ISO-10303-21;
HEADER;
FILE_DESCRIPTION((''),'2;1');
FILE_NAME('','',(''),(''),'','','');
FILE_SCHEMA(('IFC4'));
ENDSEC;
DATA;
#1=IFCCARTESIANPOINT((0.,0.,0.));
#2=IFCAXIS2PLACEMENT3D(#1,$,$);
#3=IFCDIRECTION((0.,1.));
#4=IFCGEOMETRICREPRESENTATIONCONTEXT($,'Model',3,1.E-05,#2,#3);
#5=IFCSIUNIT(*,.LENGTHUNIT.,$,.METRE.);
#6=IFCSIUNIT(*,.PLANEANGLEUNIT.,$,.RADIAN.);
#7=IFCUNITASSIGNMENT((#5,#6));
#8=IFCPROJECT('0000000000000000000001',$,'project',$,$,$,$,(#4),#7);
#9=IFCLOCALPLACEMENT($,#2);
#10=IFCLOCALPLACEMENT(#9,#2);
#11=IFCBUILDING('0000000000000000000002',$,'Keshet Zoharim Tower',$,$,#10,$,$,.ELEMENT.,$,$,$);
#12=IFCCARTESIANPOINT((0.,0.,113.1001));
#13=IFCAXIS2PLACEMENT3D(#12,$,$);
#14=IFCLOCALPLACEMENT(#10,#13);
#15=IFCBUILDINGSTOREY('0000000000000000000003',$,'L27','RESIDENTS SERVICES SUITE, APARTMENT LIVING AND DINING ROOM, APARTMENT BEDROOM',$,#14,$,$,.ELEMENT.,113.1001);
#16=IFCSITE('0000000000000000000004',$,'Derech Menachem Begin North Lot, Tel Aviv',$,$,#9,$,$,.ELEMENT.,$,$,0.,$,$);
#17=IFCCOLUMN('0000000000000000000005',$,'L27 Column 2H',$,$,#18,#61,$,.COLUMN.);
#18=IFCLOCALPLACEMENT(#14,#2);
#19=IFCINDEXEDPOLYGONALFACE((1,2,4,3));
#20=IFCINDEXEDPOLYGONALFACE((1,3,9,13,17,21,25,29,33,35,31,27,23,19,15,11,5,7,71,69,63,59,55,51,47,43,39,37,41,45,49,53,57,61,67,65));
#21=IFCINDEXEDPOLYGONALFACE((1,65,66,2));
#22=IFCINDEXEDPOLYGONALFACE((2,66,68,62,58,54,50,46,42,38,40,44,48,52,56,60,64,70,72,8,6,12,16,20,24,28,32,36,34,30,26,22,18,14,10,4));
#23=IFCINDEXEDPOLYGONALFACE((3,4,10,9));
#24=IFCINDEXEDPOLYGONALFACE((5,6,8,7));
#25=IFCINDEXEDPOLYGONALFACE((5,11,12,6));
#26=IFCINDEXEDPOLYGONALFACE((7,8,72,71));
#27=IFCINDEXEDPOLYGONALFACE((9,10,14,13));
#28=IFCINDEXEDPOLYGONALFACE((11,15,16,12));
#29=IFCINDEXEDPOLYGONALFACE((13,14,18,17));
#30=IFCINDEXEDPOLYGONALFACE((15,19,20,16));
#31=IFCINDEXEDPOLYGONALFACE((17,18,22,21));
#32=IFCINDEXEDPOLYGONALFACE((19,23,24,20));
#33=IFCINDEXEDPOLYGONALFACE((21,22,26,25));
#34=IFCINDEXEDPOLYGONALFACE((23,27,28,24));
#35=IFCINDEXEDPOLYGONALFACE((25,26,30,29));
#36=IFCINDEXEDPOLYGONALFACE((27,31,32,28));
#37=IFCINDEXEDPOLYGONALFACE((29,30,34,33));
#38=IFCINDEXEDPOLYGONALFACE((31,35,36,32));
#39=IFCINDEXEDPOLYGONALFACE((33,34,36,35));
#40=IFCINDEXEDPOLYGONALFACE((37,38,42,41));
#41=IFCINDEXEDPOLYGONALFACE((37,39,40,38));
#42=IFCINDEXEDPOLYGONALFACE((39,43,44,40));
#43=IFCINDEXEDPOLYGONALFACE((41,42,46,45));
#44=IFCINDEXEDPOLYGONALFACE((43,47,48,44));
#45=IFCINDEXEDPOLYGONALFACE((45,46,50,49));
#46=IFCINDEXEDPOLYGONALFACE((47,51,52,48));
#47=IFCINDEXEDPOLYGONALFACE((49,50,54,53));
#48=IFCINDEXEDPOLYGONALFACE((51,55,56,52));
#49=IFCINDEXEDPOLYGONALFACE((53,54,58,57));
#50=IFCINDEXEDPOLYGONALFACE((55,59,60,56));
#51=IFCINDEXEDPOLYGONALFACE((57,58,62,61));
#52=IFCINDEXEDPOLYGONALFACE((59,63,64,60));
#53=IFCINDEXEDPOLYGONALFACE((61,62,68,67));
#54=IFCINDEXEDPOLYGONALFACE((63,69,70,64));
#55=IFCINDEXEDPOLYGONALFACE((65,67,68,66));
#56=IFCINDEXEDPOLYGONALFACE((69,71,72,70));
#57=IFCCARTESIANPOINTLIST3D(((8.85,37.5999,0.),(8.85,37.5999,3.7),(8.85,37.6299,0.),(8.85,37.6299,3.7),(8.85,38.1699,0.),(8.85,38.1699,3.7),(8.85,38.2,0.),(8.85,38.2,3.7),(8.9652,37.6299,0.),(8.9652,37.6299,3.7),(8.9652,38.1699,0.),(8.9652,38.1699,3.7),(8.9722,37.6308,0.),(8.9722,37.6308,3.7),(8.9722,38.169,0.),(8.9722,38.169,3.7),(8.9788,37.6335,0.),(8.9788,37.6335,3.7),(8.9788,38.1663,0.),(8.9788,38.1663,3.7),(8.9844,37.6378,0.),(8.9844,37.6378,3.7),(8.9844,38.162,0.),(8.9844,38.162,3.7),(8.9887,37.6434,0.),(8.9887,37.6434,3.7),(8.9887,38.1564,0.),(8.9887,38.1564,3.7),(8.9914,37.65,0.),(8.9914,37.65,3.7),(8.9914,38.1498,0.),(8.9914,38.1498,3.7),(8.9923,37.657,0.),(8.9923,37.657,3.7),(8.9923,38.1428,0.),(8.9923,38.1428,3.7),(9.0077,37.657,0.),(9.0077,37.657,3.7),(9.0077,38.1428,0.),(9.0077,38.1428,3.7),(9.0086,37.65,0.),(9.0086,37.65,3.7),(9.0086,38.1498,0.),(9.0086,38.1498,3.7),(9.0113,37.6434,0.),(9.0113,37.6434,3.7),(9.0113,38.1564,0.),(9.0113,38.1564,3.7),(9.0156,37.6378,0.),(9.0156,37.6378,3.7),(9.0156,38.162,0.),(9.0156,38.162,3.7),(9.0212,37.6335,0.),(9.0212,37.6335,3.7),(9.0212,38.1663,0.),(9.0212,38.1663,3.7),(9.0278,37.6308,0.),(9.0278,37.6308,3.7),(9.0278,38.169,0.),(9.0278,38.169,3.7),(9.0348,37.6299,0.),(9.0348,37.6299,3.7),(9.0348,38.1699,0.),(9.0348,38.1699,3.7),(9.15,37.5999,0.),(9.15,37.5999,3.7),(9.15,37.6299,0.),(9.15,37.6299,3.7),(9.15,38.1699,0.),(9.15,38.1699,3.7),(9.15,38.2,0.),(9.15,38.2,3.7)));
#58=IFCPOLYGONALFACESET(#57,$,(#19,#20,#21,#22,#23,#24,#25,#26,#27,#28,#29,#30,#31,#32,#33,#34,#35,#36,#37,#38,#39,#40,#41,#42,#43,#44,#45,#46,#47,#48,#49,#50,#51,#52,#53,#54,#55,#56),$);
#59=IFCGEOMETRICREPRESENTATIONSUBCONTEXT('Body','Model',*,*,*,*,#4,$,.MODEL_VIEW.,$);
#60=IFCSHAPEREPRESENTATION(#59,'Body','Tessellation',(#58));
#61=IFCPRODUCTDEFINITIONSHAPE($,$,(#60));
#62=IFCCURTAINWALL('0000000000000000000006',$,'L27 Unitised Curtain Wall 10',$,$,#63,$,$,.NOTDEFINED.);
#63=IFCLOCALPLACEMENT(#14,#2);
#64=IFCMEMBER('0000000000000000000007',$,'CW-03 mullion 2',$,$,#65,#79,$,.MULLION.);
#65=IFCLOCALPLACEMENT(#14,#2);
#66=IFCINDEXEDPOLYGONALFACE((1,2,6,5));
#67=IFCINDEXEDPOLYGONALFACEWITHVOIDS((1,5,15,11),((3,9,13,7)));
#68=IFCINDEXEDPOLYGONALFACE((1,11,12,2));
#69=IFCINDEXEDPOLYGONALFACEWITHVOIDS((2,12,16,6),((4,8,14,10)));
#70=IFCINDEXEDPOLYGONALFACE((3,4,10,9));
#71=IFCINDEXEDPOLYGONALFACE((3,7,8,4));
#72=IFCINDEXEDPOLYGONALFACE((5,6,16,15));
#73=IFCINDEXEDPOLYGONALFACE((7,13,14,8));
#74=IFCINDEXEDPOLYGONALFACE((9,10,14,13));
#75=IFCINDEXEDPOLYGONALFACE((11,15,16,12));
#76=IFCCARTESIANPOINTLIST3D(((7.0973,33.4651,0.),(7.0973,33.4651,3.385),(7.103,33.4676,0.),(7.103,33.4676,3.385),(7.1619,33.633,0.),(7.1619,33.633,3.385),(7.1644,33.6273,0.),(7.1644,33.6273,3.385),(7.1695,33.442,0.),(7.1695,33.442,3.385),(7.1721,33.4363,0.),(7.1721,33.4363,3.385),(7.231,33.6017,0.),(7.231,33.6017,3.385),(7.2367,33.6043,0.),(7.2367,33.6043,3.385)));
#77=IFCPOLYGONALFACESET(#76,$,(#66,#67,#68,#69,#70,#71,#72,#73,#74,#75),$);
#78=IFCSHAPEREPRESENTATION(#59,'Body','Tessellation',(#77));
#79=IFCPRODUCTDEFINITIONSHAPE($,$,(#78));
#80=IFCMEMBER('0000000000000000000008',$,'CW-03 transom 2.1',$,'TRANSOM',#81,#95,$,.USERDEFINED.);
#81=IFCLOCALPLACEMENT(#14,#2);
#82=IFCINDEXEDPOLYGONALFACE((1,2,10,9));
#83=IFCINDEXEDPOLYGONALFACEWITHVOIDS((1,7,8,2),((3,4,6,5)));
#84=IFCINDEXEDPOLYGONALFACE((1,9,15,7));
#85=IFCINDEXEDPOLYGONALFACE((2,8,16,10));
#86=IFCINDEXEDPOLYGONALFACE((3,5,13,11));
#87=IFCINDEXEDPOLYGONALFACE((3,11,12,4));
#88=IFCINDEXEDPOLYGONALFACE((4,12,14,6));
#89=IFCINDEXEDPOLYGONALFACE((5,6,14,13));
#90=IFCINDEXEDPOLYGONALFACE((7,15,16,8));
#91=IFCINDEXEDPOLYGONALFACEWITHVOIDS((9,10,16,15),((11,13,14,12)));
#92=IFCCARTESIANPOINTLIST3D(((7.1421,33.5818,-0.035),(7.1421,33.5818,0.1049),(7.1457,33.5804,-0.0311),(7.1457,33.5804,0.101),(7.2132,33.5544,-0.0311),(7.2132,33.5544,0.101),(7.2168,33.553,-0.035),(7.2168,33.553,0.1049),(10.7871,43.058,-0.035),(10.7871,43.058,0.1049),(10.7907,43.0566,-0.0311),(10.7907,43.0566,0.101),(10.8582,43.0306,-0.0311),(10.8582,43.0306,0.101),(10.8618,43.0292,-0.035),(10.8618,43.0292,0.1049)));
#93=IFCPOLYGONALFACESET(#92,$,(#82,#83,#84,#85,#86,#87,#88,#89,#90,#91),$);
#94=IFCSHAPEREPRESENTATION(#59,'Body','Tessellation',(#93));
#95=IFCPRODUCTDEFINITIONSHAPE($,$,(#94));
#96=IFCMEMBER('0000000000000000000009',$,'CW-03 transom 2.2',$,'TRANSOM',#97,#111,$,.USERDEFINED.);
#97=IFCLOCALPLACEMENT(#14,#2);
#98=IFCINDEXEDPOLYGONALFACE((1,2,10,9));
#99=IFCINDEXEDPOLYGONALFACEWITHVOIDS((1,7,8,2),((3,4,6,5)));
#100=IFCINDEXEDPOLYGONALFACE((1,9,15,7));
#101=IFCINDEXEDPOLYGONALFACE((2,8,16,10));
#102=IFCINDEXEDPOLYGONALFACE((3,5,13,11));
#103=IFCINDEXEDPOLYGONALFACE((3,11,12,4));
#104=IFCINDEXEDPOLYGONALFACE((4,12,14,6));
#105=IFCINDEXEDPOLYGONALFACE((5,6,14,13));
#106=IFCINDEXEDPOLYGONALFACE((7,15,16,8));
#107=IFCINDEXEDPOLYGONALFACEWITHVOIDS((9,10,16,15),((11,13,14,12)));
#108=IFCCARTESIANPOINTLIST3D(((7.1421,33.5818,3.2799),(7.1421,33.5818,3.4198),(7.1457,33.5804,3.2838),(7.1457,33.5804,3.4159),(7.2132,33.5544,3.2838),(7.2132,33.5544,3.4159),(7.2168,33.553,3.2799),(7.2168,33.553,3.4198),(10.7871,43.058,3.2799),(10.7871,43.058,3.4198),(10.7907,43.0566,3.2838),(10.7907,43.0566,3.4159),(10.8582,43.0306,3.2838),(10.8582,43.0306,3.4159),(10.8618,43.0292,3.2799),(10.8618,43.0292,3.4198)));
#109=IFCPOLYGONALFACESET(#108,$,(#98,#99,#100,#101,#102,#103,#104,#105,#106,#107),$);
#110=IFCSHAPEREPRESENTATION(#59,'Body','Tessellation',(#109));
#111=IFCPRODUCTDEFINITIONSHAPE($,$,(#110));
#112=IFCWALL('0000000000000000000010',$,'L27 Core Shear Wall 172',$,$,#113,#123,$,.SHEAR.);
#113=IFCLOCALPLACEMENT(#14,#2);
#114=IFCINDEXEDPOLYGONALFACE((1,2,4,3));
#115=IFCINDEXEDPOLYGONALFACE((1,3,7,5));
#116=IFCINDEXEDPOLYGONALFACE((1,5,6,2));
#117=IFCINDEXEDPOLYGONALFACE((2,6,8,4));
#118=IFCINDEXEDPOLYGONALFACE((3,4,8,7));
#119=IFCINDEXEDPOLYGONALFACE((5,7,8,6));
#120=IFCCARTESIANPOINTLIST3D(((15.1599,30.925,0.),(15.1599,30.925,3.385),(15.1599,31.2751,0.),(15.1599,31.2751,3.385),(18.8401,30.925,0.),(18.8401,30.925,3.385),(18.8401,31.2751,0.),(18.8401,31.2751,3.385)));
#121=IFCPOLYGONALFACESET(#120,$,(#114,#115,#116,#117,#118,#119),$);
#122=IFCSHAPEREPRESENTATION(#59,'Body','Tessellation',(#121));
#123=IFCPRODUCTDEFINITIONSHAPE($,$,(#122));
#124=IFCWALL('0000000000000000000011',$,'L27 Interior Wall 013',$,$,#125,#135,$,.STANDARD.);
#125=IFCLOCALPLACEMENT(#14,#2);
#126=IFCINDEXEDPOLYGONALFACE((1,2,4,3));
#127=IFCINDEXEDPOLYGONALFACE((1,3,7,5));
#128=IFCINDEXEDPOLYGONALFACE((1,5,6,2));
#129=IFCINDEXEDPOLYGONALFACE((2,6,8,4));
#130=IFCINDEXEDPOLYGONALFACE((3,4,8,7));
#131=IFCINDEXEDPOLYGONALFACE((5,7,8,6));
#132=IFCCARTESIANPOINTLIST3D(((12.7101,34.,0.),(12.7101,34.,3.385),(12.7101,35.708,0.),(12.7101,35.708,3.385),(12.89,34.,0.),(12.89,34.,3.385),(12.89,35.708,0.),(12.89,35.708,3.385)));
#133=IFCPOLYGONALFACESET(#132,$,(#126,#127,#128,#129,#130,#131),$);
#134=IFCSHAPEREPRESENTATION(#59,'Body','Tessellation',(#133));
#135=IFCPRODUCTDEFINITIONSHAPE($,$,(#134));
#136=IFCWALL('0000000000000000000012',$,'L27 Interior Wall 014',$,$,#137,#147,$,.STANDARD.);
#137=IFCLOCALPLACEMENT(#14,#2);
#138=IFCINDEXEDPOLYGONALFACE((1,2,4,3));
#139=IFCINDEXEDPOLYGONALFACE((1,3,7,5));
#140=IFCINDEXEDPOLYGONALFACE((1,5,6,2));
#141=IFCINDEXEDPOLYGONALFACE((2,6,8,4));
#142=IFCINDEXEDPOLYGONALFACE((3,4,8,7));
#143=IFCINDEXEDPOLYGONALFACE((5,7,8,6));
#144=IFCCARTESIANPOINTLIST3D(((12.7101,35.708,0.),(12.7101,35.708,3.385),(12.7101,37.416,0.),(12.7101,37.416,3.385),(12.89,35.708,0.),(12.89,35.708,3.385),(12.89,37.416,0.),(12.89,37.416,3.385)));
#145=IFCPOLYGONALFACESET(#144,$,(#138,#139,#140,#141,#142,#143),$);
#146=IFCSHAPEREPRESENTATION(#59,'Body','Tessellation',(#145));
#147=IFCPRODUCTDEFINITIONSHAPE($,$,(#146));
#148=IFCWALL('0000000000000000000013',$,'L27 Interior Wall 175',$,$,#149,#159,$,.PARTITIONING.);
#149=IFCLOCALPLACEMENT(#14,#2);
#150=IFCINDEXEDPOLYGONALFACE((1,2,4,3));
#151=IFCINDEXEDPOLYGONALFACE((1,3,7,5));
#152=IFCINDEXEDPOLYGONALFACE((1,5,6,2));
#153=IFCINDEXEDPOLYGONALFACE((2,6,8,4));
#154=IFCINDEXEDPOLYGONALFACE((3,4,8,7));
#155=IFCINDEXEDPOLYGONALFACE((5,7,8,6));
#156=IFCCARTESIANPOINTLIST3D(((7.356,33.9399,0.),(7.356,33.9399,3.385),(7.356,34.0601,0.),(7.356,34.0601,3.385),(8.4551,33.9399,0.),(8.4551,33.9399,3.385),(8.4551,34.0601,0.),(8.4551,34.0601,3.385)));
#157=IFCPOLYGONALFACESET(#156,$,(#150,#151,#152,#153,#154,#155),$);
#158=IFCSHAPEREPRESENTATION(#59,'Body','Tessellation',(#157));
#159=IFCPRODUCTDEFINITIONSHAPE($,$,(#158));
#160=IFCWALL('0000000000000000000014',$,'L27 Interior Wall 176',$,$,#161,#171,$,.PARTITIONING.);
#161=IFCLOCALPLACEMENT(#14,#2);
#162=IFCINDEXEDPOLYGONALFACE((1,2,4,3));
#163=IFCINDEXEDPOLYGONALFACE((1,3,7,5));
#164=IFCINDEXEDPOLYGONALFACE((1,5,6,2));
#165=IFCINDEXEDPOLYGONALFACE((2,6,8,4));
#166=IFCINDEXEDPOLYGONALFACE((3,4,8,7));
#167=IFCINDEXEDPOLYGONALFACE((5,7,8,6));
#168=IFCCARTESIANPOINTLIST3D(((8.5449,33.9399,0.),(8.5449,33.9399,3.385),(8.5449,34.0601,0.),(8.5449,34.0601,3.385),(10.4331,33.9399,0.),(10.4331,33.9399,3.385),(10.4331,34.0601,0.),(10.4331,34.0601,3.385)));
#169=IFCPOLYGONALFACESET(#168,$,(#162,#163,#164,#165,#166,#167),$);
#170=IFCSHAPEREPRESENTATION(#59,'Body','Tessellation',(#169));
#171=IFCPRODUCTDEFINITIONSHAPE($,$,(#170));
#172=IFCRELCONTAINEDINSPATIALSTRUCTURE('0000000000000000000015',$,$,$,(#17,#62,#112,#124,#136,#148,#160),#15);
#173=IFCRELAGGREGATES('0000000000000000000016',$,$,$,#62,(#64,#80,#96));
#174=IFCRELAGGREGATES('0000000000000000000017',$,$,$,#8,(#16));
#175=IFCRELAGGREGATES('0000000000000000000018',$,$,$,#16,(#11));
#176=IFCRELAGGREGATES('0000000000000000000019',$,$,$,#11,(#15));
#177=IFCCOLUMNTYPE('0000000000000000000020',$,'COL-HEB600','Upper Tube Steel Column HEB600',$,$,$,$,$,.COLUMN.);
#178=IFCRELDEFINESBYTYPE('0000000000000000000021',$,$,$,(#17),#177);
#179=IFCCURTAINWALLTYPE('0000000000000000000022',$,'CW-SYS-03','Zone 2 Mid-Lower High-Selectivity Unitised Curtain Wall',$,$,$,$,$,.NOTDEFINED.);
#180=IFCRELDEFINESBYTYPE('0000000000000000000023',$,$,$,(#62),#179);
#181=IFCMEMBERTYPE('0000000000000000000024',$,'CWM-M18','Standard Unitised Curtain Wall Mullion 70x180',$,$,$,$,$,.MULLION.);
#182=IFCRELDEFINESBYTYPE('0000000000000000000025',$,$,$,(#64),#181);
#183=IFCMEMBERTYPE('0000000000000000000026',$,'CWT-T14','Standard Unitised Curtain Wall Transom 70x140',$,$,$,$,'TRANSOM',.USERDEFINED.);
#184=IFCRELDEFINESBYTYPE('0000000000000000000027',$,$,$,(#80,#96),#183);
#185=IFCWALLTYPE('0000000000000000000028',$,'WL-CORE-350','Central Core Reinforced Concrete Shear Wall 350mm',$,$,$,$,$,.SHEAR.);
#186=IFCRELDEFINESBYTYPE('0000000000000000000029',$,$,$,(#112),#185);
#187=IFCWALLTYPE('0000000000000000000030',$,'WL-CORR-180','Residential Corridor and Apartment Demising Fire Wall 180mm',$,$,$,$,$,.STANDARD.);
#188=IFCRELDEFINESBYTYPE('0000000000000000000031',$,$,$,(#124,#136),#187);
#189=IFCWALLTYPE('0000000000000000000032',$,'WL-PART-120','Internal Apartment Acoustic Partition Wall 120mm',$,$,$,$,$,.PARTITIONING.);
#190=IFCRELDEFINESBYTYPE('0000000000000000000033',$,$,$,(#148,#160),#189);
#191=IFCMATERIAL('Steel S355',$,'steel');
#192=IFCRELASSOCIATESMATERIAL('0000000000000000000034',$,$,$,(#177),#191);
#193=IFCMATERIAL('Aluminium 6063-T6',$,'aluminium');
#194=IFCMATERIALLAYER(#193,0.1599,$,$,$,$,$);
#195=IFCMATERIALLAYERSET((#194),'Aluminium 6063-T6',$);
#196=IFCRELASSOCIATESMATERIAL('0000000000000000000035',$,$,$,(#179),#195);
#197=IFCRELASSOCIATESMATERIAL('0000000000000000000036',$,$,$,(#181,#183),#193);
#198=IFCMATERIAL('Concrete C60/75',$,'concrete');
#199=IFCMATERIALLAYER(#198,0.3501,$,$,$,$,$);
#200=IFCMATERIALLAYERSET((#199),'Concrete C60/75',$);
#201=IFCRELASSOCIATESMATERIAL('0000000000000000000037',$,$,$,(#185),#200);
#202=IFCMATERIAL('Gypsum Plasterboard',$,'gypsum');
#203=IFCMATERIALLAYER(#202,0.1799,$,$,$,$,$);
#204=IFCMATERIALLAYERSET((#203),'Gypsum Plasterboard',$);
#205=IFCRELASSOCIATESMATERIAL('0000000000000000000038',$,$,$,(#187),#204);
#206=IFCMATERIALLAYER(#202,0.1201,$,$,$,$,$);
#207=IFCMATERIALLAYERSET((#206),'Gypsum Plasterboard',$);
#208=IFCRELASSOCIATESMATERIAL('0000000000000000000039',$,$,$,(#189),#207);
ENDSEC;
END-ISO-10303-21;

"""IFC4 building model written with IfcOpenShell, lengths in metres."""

from ifc_helpers import new_model, si_unit, direction, frame, frame_2d, origin, origin_2d, place, context, subcontext, project, spatial, rectangle, hollow_rectangle, i_section, extrude, material, layer, layer_set, material_profile, profile_set, type_object, element, aggregate, save


model = new_model("IFC4")

# Units and contexts
model_context = context("Model", 3, precision=1e-05, world=origin(), true_north=direction((0.0, 1.0)))
body_context = subcontext(model_context, "Body", "Model", "MODEL_VIEW")
ifc_project = project(units=[si_unit("LENGTHUNIT", "METRE"), si_unit("PLANEANGLEUNIT", "RADIAN")], contexts=[model_context])

# Site, building, storey
site_placement = place(None, origin())
site = spatial("IfcSite", under=ifc_project, at=site_placement, Name="Derech Menachem Begin North Lot, Tel Aviv", CompositionType="ELEMENT", RefElevation=0.0)
building_placement = place(site_placement, origin())
building = spatial("IfcBuilding", under=site, at=building_placement, Name="Keshet Zoharim Tower", CompositionType="ELEMENT")
storey_placement = place(building_placement, frame((0.0, 0.0, 113.1001)))
storey = spatial("IfcBuildingStorey", under=building, at=storey_placement, Name="L27", Description="RESIDENTS SERVICES SUITE, APARTMENT LIVING AND DINING ROOM, APARTMENT BEDROOM", CompositionType="ELEMENT", Elevation=113.1001)

# Column
ifc_material_1 = material(Name="Steel S355", Category="steel")
ifc_material_profile_1 = material_profile(ifc_material_1, i_section(OverallWidth=0.3, OverallDepth=0.6001, WebThickness=0.0154, FlangeThickness=0.03, FilletRadius=0.0271, at=origin_2d()), Name="HEB600")
ifc_profile_set_1 = profile_set([ifc_material_profile_1], Name="Steel S355")
column_type = type_object("IfcColumnType", Name="COL-HEB600", Description="Upper Tube Steel Column HEB600", PredefinedType="COLUMN", material=ifc_profile_set_1)
column_placement = place(storey_placement, frame((9.0, 37.8999, 0.0), z_axis=(0.0, 0.0, 1.0), x_axis=(1.0, 0.0, 0.0)))
element("IfcColumn", 1, at=column_placement, inside=storey, type_object=column_type, Name="L27 Column 2H", PredefinedType="COLUMN", context=body_context, shape_type="SweptSolid", body=[
    extrude(i_section(OverallWidth=0.3, OverallDepth=0.6001, WebThickness=0.0154, FlangeThickness=0.03, FilletRadius=0.0271, at=origin_2d()), origin(), (0.0, 0.0, 1.0), 3.7),
])

# Curtain wall, members
ifc_material_2 = material(Name="Aluminium 6063-T6", Category="aluminium")
ifc_layer_1 = layer(ifc_material_2, 0.1599)
ifc_layer_set_1 = layer_set([ifc_layer_1], Name="Aluminium 6063-T6")
curtain_wall_type = type_object("IfcCurtainWallType", Name="CW-SYS-03", Description="Zone 2 Mid-Lower High-Selectivity Unitised Curtain Wall", PredefinedType="NOTDEFINED", material=ifc_layer_set_1)
curtain_wall_placement = place(storey_placement, origin())
curtain_wall = element("IfcCurtainWall", 2, at=curtain_wall_placement, inside=storey, type_object=curtain_wall_type, Name="L27 Unitised Curtain Wall 10", PredefinedType="NOTDEFINED")
ifc_material_profile_2 = material_profile(ifc_material_2, hollow_rectangle(XDim=0.0801, YDim=0.1799, WallThickness=0.0044, at=origin_2d()), Name="MUL-80x180")
ifc_profile_set_2 = profile_set([ifc_material_profile_2], Name="Aluminium 6063-T6")
member_type_1 = type_object("IfcMemberType", Name="CWM-M18", Description="Standard Unitised Curtain Wall Mullion 70x180", PredefinedType="MULLION", material=ifc_profile_set_2)
member_1_placement = place(storey_placement, frame((7.167, 33.5347, 0.0), z_axis=(0.0, 0.0, 1.0), x_axis=(-0.933341, 0.35899, 0.0)))
member_1 = element("IfcMember", 3, at=member_1_placement, type_object=member_type_1, Name="CW-03 mullion 2", PredefinedType="MULLION", context=body_context, shape_type="SweptSolid", body=[
    extrude(hollow_rectangle(XDim=0.0801, YDim=0.1799, WallThickness=0.0044, at=origin_2d()), origin(), (0.0, 0.0, 1.0), 3.385),
])
ifc_material_profile_3 = material_profile(ifc_material_2, hollow_rectangle(XDim=0.0801, YDim=0.1399, WallThickness=0.0039, at=origin_2d()), Name="TRN-80x140")
ifc_profile_set_3 = profile_set([ifc_material_profile_3], Name="Aluminium 6063-T6")
member_type_2 = type_object("IfcMemberType", Name="CWT-T14", Description="Standard Unitised Curtain Wall Transom 70x140", ElementType="TRANSOM", PredefinedType="USERDEFINED", material=ifc_profile_set_3)
member_2_placement = place(storey_placement, frame((7.1794, 33.5674, 0.0349), z_axis=(0.359003, 0.933336, 0.0), x_axis=(-0.933336, 0.359003, 0.0)))
member_2 = element("IfcMember", 4, at=member_2_placement, type_object=member_type_2, Name="CW-03 transom 2.1", ObjectType="TRANSOM", PredefinedType="USERDEFINED", context=body_context, shape_type="SweptSolid", body=[
    extrude(hollow_rectangle(XDim=0.0801, YDim=0.1399, WallThickness=0.0039, at=origin_2d()), origin(), (0.0, 0.0, 1.0), 10.1531),
])
member_3_placement = place(storey_placement, frame((7.1794, 33.5674, 3.3499), z_axis=(0.359003, 0.933336, 0.0), x_axis=(-0.933336, 0.359003, 0.0)))
member_3 = element("IfcMember", 5, at=member_3_placement, type_object=member_type_2, Name="CW-03 transom 2.2", ObjectType="TRANSOM", PredefinedType="USERDEFINED", context=body_context, shape_type="SweptSolid", body=[
    extrude(hollow_rectangle(XDim=0.0801, YDim=0.1399, WallThickness=0.0039, at=origin_2d()), origin(), (0.0, 0.0, 1.0), 10.1531),
])
aggregate(curtain_wall, [member_1, member_2, member_3])

# Walls
ifc_material_3 = material(Name="Concrete C60/75", Category="concrete")
ifc_layer_2 = layer(ifc_material_3, 0.3501)
ifc_layer_set_2 = layer_set([ifc_layer_2], Name="Concrete C60/75")
wall_type_1 = type_object("IfcWallType", Name="WL-CORE-350", Description="Central Core Reinforced Concrete Shear Wall 350mm", PredefinedType="SHEAR", material=ifc_layer_set_2)
wall_1_placement = place(storey_placement, frame((15.1599, 31.1001, 0.0), z_axis=(0.0, 0.0, 1.0), x_axis=(1.0, 0.0, 0.0)))
element("IfcWall", 6, at=wall_1_placement, inside=storey, type_object=wall_type_1, Name="L27 Core Shear Wall 172", PredefinedType="SHEAR", context=body_context, shape_type="SweptSolid", body=[
    extrude(rectangle(XDim=3.6802, YDim=0.3501, at=frame_2d((1.8401, 0.0))), origin(), (0.0, 0.0, 1.0), 3.385),
])
ifc_material_4 = material(Name="Gypsum Plasterboard", Category="gypsum")
ifc_layer_3 = layer(ifc_material_4, 0.1799)
ifc_layer_set_3 = layer_set([ifc_layer_3], Name="Gypsum Plasterboard")
wall_type_2 = type_object("IfcWallType", Name="WL-CORR-180", Description="Residential Corridor and Apartment Demising Fire Wall 180mm", PredefinedType="STANDARD", material=ifc_layer_set_3)
for number, where, z_axis, x_axis, name in (
    (7, (12.8, 34.0, 0.0), (0.0, 0.0, 1.0), (0.0, 1.0, 0.0), "L27 Interior Wall 013"),
    (8, (12.8, 35.708, 0.0), (0.0, 0.0, 1.0), (0.0, 1.0, 0.0), "L27 Interior Wall 014"),
):
    element("IfcWall", number, at=place(storey_placement, frame(where, z_axis=z_axis, x_axis=x_axis)), inside=storey, type_object=wall_type_2, Name=name, PredefinedType="STANDARD", context=body_context, shape_type="SweptSolid", body=[
        extrude(rectangle(XDim=1.708, YDim=0.1799, at=frame_2d((0.854, 0.0))), origin(), (0.0, 0.0, 1.0), 3.385),
    ])

# Shared definitions
ifc_layer_4 = layer(ifc_material_4, 0.1201)
ifc_layer_set_4 = layer_set([ifc_layer_4], Name="Gypsum Plasterboard")
wall_type_3 = type_object("IfcWallType", Name="WL-PART-120", Description="Internal Apartment Acoustic Partition Wall 120mm", PredefinedType="PARTITIONING", material=ifc_layer_set_4)

# Walls
wall_2_placement = place(storey_placement, frame((7.356, 34.0, 0.0), z_axis=(0.0, 0.0, 1.0), x_axis=(1.0, 0.0, 0.0)))
element("IfcWall", 9, at=wall_2_placement, inside=storey, type_object=wall_type_3, Name="L27 Interior Wall 175", PredefinedType="PARTITIONING", context=body_context, shape_type="SweptSolid", body=[
    extrude(rectangle(XDim=1.0991, YDim=0.1201, at=frame_2d((0.5496, 0.0))), origin(), (0.0, 0.0, 1.0), 3.385),
])
wall_3_placement = place(storey_placement, frame((8.5449, 34.0, 0.0), z_axis=(0.0, 0.0, 1.0), x_axis=(1.0, 0.0, 0.0)))
element("IfcWall", 10, at=wall_3_placement, inside=storey, type_object=wall_type_3, Name="L27 Interior Wall 176", PredefinedType="PARTITIONING", context=body_context, shape_type="SweptSolid", body=[
    extrude(rectangle(XDim=1.8882, YDim=0.1201, at=frame_2d((0.9441, 0.0))), origin(), (0.0, 0.0, 1.0), 3.385),
])

save(model, "model.ifc")
